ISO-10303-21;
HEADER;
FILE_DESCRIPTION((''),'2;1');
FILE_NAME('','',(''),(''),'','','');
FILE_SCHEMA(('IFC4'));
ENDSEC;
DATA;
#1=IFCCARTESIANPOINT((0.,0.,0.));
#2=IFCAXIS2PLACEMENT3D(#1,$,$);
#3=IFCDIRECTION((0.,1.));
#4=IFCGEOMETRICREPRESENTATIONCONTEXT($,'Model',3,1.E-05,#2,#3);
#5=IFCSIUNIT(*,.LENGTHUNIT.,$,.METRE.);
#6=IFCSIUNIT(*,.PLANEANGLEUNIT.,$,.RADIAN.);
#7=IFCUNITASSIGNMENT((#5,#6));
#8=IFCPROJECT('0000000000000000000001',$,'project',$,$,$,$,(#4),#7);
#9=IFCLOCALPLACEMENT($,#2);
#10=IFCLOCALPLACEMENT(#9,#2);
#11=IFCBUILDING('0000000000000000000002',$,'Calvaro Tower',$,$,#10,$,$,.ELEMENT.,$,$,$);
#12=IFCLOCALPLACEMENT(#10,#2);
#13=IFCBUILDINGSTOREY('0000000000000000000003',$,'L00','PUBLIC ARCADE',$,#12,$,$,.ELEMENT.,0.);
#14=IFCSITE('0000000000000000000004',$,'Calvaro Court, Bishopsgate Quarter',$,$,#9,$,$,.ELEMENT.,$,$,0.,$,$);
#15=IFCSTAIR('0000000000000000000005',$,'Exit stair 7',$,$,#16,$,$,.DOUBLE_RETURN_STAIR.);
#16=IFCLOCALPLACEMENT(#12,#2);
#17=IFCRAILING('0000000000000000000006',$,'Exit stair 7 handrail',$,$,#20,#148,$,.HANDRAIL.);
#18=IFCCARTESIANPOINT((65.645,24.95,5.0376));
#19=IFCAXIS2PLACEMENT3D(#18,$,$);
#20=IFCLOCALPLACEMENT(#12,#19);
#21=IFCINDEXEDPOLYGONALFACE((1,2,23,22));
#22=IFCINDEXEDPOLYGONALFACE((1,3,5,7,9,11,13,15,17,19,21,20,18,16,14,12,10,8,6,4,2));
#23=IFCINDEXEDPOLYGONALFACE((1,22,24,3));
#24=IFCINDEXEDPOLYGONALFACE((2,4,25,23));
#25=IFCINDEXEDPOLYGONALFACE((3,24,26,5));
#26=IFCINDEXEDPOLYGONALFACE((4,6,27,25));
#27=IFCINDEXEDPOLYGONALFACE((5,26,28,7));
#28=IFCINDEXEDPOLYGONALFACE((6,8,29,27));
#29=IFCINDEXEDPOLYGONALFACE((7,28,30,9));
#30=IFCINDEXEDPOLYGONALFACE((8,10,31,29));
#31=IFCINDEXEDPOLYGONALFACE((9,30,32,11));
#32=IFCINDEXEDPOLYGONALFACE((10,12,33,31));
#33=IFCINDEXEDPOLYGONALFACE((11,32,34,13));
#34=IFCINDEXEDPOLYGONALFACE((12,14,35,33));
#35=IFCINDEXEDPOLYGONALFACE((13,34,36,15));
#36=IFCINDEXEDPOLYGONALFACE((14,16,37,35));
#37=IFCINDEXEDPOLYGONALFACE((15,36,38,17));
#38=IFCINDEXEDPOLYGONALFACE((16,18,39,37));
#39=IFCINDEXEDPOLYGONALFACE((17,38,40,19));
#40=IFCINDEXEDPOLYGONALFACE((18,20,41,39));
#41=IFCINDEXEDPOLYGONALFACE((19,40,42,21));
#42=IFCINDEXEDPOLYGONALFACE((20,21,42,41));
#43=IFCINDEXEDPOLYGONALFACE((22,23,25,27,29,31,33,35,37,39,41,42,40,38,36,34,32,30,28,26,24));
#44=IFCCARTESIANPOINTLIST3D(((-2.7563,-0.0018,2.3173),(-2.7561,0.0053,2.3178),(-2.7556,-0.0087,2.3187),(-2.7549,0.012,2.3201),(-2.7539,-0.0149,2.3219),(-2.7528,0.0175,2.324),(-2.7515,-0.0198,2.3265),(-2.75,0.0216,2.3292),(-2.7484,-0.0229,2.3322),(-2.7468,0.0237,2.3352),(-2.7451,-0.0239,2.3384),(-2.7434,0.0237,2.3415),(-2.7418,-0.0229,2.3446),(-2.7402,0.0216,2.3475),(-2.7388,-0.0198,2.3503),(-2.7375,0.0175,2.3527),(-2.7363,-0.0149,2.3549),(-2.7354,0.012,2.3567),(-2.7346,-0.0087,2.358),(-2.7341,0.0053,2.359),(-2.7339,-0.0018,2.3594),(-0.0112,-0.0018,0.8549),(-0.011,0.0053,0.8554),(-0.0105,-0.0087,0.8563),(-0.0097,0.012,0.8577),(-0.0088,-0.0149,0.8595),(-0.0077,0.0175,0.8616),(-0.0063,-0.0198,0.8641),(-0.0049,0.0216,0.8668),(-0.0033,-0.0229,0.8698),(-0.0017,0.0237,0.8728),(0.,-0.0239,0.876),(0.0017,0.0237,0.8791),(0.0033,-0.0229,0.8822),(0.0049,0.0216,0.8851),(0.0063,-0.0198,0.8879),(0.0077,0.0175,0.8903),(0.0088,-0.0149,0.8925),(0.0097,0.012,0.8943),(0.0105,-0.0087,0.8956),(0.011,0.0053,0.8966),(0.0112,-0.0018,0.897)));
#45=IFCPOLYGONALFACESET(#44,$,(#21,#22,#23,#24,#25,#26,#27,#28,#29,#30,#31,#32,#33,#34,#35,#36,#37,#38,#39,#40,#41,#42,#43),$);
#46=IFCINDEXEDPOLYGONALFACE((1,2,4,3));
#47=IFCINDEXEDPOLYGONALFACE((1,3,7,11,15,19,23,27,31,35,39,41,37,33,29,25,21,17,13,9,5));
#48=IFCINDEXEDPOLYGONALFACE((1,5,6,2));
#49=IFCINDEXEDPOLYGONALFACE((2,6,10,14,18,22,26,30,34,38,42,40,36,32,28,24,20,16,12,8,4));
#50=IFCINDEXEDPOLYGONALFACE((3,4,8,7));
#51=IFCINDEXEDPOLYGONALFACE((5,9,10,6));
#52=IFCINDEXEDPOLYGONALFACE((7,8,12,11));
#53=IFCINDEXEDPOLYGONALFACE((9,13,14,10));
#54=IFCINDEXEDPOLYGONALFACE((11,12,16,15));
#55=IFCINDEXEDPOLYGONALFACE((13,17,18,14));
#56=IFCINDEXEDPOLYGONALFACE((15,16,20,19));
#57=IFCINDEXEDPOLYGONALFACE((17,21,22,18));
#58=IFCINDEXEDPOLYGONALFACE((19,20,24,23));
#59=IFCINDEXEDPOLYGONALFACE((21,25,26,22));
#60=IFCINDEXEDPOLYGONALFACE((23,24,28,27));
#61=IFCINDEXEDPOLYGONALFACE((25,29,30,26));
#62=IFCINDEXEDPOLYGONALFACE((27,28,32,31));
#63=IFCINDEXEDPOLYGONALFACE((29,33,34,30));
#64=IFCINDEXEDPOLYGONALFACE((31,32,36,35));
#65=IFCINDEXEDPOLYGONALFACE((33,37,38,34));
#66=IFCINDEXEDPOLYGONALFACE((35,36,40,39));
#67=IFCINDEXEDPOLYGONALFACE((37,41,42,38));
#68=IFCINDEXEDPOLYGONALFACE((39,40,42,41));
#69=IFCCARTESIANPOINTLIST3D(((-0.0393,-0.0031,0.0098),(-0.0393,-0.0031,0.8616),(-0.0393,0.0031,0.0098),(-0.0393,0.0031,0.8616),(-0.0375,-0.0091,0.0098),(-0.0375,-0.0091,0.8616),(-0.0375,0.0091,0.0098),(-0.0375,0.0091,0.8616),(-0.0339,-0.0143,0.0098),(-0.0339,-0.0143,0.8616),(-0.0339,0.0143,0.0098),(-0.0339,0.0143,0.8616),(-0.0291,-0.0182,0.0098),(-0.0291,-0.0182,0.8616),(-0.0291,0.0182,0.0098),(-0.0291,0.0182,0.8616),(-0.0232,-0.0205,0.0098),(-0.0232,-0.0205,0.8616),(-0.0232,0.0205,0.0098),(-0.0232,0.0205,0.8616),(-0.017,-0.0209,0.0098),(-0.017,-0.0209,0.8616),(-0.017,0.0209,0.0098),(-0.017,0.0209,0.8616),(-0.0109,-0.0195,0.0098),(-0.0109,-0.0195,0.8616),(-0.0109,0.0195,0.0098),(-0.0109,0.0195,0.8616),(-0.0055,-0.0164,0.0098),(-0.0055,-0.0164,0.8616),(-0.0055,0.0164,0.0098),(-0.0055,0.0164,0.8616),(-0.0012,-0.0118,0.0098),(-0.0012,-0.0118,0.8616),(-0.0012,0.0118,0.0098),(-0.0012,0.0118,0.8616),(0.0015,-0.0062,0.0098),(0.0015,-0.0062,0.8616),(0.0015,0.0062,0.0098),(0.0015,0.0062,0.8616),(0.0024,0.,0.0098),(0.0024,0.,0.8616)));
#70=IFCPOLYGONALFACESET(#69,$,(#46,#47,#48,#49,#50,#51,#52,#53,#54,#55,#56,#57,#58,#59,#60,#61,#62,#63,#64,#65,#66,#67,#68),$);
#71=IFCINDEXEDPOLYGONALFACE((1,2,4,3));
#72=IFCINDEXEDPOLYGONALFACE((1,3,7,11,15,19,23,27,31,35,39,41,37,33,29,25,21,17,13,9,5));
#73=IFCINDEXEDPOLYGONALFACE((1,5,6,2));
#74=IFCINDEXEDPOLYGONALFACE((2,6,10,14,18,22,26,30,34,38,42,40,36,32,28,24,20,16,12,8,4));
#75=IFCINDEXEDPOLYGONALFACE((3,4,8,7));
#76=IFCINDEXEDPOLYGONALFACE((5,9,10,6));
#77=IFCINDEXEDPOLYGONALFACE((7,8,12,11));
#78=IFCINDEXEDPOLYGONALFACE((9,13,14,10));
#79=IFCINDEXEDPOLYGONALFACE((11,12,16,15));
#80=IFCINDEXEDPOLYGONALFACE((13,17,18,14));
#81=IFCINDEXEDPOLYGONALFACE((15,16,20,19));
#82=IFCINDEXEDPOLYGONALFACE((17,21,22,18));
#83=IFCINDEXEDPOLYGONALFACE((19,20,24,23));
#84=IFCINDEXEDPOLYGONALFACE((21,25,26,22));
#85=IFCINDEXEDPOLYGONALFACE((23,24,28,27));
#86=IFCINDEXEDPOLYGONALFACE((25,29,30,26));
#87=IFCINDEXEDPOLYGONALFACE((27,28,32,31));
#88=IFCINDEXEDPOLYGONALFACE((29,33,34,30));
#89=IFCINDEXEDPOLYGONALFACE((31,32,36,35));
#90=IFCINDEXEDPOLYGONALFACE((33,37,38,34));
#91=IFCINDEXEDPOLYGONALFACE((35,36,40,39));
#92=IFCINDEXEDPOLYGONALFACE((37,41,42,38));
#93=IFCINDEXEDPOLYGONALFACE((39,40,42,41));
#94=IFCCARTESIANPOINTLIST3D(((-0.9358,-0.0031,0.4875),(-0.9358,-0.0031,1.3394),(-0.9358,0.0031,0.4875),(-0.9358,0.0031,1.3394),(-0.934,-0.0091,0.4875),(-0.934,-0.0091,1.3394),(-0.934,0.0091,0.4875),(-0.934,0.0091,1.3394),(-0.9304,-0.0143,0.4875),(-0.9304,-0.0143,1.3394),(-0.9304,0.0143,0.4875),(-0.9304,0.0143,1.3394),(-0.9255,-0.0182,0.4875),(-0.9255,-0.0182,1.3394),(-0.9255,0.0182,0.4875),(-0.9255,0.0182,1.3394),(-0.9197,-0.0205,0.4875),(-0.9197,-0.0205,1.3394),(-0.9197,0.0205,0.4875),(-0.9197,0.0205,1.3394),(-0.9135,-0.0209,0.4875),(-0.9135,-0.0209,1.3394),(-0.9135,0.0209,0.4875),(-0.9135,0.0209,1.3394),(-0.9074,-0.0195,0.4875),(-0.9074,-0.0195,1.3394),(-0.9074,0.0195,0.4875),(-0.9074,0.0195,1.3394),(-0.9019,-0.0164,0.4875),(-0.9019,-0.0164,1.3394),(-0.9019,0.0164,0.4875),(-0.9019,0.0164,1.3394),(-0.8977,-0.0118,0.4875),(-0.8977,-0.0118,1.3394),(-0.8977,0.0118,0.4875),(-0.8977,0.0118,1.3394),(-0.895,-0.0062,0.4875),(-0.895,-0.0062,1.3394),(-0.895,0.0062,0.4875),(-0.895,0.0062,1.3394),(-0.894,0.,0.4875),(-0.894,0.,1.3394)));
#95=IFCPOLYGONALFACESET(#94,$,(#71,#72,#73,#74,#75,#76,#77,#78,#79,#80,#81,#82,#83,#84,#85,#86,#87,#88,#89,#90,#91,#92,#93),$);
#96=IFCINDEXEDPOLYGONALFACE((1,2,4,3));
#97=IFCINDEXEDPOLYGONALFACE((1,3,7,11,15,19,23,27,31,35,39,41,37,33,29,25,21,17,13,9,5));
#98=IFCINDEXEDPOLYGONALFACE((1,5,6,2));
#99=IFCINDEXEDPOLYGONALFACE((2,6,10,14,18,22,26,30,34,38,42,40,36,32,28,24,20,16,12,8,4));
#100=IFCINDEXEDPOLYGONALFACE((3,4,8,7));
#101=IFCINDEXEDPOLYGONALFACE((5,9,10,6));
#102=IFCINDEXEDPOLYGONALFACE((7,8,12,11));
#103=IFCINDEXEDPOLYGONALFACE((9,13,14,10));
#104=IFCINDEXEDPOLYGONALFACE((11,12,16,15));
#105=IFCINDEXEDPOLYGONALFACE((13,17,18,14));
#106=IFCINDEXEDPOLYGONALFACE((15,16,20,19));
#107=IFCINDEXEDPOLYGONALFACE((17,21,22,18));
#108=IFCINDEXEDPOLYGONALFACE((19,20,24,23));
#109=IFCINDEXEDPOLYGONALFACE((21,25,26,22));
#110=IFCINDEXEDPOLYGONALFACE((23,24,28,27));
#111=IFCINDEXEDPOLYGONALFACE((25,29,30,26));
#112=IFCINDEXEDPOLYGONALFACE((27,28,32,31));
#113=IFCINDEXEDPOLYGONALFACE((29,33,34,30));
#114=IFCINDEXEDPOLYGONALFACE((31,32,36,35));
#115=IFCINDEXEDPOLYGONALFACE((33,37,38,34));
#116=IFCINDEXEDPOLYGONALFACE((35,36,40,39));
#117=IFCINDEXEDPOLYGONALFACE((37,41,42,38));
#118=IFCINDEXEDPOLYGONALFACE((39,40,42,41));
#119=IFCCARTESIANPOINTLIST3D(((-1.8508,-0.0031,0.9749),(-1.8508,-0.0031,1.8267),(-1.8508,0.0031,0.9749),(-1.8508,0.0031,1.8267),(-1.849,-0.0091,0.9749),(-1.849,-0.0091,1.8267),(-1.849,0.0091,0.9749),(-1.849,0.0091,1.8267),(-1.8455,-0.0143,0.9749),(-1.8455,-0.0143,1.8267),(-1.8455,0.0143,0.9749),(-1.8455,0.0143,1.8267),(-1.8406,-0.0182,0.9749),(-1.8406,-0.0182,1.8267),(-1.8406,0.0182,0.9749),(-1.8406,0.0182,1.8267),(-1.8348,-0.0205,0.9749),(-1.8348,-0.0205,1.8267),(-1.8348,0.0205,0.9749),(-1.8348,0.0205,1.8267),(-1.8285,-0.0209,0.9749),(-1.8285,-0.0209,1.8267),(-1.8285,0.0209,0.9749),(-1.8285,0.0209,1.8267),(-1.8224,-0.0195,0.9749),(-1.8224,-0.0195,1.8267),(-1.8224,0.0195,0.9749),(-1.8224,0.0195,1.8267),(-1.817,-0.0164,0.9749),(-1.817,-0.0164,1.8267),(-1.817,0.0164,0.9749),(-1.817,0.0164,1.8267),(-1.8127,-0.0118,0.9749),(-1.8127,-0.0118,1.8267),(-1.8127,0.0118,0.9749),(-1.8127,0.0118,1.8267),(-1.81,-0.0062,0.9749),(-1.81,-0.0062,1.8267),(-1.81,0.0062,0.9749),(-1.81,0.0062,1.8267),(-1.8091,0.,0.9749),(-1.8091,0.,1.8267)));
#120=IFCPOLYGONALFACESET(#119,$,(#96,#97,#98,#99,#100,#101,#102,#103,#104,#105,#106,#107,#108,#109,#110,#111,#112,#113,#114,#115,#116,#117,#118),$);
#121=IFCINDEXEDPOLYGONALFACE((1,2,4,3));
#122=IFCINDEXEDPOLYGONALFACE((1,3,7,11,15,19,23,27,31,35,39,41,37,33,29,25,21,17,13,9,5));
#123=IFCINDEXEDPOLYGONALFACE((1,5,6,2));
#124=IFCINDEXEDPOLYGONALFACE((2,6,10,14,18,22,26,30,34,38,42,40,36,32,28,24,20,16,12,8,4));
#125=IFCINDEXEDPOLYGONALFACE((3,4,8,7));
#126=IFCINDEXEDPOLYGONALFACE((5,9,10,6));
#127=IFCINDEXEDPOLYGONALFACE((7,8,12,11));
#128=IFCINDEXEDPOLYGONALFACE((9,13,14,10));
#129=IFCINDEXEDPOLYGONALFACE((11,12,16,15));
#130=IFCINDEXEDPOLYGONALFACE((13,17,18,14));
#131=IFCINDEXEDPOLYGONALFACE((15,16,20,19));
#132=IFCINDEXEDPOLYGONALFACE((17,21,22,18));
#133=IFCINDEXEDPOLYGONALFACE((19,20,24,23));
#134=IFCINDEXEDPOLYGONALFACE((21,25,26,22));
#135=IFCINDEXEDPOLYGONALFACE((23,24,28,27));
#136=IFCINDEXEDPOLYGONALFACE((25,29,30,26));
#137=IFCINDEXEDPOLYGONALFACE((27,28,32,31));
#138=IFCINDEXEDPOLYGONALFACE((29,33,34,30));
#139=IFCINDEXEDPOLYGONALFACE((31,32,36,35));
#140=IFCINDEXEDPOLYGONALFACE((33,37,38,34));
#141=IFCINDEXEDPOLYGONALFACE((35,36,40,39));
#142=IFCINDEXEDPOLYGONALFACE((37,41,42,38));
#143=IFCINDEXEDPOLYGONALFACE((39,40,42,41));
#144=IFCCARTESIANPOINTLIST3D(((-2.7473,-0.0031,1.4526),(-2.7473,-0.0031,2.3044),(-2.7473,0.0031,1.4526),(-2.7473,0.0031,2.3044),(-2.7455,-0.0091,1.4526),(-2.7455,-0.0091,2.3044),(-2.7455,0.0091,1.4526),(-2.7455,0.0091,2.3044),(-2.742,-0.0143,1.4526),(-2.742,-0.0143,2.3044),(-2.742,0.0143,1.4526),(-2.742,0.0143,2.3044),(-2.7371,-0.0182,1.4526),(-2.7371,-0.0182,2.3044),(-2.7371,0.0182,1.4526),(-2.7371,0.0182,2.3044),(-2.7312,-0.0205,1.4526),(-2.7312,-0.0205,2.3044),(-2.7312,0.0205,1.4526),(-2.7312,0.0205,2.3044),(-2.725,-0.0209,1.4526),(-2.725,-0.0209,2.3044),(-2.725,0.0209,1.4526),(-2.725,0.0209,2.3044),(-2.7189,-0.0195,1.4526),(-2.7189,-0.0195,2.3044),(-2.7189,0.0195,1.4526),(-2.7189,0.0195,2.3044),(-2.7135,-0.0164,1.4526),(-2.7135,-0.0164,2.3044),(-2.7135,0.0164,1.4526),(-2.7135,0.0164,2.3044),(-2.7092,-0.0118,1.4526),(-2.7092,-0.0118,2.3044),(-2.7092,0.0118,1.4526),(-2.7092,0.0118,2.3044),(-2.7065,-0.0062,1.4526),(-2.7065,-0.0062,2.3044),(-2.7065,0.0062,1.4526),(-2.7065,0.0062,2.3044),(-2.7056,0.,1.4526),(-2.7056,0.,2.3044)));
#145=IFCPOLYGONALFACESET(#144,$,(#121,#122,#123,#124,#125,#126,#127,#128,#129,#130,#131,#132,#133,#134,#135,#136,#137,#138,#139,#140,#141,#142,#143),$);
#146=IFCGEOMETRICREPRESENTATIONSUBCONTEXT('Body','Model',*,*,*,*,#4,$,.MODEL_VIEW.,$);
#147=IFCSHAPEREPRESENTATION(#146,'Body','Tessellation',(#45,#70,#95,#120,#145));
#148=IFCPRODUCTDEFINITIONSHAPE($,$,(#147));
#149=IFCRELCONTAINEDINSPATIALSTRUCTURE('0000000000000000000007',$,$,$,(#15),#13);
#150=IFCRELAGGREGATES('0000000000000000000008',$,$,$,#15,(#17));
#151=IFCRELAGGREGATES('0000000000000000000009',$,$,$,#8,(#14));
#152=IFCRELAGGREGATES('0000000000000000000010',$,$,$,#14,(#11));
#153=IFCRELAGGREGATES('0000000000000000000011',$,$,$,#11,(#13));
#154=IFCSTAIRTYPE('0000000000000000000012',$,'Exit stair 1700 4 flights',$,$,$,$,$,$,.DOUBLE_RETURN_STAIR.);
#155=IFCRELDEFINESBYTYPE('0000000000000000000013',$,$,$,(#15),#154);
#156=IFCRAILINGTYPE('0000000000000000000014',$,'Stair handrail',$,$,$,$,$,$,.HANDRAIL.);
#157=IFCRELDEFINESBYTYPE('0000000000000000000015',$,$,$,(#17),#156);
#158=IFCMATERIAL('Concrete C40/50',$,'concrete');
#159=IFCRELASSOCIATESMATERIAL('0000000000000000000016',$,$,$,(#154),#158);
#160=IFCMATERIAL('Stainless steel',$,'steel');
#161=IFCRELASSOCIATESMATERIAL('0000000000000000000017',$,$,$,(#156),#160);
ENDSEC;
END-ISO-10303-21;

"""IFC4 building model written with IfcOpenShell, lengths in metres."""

from ifc_helpers import new_model, si_unit, direction, frame, origin, origin_2d, place, context, subcontext, project, spatial, circle, extrude, material, type_object, element, aggregate, save


model = new_model("IFC4")

# Units and contexts
model_context = context("Model", 3, precision=1e-05, world=origin(), true_north=direction((0.0, 1.0)))
body_context = subcontext(model_context, "Body", "Model", "MODEL_VIEW")
ifc_project = project(units=[si_unit("LENGTHUNIT", "METRE"), si_unit("PLANEANGLEUNIT", "RADIAN")], contexts=[model_context])

# Site, building, storey
site_placement = place(None, origin())
site = spatial("IfcSite", under=ifc_project, at=site_placement, Name="Calvaro Court, Bishopsgate Quarter", CompositionType="ELEMENT", RefElevation=0.0)
building_placement = place(site_placement, origin())
building = spatial("IfcBuilding", under=site, at=building_placement, Name="Calvaro Tower", CompositionType="ELEMENT")
storey_placement = place(building_placement, origin())
storey = spatial("IfcBuildingStorey", under=building, at=storey_placement, Name="L00", Description="PUBLIC ARCADE", CompositionType="ELEMENT", Elevation=0.0)

# Stair, railing
ifc_material_1 = material(Name="Concrete C40/50", Category="concrete")
stair_type = type_object("IfcStairType", Name="Exit stair 1700 4 flights", PredefinedType="DOUBLE_RETURN_STAIR", material=ifc_material_1)
stair_placement = place(storey_placement, origin())
stair = element("IfcStair", 1, at=stair_placement, inside=storey, type_object=stair_type, Name="Exit stair 7", PredefinedType="DOUBLE_RETURN_STAIR")
ifc_material_2 = material(Name="Stainless steel", Category="steel")
railing_type = type_object("IfcRailingType", Name="Stair handrail", PredefinedType="HANDRAIL", material=ifc_material_2)
railing_1_placement = place(storey_placement, frame((65.645, 24.95, 5.0376)))
railing_1 = element("IfcRailing", 2, at=railing_1_placement, type_object=railing_type, Name="Exit stair 7 handrail", PredefinedType="HANDRAIL", context=body_context, shape_type="SweptSolid", body=[
    extrude(circle(Radius=0.0239, at=origin_2d()), frame((0.0, 0.0, 0.876), z_axis=(-0.882574, 0.0, 0.470173), x_axis=(0.0, -1.0, 0.0)), (0.0, 0.0, 1.0), 3.1104),
    extrude(circle(Radius=0.021, at=origin_2d()), frame((-0.0186, 0.0, 0.0098)), (0.0, 0.0, 1.0), 0.8518),
    extrude(circle(Radius=0.021, at=origin_2d()), frame((-0.915, 0.0, 0.4875)), (0.0, 0.0, 1.0), 0.8518),
    extrude(circle(Radius=0.021, at=origin_2d()), frame((-1.8301, 0.0, 0.9749)), (0.0, 0.0, 1.0), 0.8518),
    extrude(circle(Radius=0.021, at=origin_2d()), frame((-2.7266, 0.0, 1.4526)), (0.0, 0.0, 1.0), 0.8518),
])
aggregate(stair, [railing_1])

save(model, "model.ifc")
